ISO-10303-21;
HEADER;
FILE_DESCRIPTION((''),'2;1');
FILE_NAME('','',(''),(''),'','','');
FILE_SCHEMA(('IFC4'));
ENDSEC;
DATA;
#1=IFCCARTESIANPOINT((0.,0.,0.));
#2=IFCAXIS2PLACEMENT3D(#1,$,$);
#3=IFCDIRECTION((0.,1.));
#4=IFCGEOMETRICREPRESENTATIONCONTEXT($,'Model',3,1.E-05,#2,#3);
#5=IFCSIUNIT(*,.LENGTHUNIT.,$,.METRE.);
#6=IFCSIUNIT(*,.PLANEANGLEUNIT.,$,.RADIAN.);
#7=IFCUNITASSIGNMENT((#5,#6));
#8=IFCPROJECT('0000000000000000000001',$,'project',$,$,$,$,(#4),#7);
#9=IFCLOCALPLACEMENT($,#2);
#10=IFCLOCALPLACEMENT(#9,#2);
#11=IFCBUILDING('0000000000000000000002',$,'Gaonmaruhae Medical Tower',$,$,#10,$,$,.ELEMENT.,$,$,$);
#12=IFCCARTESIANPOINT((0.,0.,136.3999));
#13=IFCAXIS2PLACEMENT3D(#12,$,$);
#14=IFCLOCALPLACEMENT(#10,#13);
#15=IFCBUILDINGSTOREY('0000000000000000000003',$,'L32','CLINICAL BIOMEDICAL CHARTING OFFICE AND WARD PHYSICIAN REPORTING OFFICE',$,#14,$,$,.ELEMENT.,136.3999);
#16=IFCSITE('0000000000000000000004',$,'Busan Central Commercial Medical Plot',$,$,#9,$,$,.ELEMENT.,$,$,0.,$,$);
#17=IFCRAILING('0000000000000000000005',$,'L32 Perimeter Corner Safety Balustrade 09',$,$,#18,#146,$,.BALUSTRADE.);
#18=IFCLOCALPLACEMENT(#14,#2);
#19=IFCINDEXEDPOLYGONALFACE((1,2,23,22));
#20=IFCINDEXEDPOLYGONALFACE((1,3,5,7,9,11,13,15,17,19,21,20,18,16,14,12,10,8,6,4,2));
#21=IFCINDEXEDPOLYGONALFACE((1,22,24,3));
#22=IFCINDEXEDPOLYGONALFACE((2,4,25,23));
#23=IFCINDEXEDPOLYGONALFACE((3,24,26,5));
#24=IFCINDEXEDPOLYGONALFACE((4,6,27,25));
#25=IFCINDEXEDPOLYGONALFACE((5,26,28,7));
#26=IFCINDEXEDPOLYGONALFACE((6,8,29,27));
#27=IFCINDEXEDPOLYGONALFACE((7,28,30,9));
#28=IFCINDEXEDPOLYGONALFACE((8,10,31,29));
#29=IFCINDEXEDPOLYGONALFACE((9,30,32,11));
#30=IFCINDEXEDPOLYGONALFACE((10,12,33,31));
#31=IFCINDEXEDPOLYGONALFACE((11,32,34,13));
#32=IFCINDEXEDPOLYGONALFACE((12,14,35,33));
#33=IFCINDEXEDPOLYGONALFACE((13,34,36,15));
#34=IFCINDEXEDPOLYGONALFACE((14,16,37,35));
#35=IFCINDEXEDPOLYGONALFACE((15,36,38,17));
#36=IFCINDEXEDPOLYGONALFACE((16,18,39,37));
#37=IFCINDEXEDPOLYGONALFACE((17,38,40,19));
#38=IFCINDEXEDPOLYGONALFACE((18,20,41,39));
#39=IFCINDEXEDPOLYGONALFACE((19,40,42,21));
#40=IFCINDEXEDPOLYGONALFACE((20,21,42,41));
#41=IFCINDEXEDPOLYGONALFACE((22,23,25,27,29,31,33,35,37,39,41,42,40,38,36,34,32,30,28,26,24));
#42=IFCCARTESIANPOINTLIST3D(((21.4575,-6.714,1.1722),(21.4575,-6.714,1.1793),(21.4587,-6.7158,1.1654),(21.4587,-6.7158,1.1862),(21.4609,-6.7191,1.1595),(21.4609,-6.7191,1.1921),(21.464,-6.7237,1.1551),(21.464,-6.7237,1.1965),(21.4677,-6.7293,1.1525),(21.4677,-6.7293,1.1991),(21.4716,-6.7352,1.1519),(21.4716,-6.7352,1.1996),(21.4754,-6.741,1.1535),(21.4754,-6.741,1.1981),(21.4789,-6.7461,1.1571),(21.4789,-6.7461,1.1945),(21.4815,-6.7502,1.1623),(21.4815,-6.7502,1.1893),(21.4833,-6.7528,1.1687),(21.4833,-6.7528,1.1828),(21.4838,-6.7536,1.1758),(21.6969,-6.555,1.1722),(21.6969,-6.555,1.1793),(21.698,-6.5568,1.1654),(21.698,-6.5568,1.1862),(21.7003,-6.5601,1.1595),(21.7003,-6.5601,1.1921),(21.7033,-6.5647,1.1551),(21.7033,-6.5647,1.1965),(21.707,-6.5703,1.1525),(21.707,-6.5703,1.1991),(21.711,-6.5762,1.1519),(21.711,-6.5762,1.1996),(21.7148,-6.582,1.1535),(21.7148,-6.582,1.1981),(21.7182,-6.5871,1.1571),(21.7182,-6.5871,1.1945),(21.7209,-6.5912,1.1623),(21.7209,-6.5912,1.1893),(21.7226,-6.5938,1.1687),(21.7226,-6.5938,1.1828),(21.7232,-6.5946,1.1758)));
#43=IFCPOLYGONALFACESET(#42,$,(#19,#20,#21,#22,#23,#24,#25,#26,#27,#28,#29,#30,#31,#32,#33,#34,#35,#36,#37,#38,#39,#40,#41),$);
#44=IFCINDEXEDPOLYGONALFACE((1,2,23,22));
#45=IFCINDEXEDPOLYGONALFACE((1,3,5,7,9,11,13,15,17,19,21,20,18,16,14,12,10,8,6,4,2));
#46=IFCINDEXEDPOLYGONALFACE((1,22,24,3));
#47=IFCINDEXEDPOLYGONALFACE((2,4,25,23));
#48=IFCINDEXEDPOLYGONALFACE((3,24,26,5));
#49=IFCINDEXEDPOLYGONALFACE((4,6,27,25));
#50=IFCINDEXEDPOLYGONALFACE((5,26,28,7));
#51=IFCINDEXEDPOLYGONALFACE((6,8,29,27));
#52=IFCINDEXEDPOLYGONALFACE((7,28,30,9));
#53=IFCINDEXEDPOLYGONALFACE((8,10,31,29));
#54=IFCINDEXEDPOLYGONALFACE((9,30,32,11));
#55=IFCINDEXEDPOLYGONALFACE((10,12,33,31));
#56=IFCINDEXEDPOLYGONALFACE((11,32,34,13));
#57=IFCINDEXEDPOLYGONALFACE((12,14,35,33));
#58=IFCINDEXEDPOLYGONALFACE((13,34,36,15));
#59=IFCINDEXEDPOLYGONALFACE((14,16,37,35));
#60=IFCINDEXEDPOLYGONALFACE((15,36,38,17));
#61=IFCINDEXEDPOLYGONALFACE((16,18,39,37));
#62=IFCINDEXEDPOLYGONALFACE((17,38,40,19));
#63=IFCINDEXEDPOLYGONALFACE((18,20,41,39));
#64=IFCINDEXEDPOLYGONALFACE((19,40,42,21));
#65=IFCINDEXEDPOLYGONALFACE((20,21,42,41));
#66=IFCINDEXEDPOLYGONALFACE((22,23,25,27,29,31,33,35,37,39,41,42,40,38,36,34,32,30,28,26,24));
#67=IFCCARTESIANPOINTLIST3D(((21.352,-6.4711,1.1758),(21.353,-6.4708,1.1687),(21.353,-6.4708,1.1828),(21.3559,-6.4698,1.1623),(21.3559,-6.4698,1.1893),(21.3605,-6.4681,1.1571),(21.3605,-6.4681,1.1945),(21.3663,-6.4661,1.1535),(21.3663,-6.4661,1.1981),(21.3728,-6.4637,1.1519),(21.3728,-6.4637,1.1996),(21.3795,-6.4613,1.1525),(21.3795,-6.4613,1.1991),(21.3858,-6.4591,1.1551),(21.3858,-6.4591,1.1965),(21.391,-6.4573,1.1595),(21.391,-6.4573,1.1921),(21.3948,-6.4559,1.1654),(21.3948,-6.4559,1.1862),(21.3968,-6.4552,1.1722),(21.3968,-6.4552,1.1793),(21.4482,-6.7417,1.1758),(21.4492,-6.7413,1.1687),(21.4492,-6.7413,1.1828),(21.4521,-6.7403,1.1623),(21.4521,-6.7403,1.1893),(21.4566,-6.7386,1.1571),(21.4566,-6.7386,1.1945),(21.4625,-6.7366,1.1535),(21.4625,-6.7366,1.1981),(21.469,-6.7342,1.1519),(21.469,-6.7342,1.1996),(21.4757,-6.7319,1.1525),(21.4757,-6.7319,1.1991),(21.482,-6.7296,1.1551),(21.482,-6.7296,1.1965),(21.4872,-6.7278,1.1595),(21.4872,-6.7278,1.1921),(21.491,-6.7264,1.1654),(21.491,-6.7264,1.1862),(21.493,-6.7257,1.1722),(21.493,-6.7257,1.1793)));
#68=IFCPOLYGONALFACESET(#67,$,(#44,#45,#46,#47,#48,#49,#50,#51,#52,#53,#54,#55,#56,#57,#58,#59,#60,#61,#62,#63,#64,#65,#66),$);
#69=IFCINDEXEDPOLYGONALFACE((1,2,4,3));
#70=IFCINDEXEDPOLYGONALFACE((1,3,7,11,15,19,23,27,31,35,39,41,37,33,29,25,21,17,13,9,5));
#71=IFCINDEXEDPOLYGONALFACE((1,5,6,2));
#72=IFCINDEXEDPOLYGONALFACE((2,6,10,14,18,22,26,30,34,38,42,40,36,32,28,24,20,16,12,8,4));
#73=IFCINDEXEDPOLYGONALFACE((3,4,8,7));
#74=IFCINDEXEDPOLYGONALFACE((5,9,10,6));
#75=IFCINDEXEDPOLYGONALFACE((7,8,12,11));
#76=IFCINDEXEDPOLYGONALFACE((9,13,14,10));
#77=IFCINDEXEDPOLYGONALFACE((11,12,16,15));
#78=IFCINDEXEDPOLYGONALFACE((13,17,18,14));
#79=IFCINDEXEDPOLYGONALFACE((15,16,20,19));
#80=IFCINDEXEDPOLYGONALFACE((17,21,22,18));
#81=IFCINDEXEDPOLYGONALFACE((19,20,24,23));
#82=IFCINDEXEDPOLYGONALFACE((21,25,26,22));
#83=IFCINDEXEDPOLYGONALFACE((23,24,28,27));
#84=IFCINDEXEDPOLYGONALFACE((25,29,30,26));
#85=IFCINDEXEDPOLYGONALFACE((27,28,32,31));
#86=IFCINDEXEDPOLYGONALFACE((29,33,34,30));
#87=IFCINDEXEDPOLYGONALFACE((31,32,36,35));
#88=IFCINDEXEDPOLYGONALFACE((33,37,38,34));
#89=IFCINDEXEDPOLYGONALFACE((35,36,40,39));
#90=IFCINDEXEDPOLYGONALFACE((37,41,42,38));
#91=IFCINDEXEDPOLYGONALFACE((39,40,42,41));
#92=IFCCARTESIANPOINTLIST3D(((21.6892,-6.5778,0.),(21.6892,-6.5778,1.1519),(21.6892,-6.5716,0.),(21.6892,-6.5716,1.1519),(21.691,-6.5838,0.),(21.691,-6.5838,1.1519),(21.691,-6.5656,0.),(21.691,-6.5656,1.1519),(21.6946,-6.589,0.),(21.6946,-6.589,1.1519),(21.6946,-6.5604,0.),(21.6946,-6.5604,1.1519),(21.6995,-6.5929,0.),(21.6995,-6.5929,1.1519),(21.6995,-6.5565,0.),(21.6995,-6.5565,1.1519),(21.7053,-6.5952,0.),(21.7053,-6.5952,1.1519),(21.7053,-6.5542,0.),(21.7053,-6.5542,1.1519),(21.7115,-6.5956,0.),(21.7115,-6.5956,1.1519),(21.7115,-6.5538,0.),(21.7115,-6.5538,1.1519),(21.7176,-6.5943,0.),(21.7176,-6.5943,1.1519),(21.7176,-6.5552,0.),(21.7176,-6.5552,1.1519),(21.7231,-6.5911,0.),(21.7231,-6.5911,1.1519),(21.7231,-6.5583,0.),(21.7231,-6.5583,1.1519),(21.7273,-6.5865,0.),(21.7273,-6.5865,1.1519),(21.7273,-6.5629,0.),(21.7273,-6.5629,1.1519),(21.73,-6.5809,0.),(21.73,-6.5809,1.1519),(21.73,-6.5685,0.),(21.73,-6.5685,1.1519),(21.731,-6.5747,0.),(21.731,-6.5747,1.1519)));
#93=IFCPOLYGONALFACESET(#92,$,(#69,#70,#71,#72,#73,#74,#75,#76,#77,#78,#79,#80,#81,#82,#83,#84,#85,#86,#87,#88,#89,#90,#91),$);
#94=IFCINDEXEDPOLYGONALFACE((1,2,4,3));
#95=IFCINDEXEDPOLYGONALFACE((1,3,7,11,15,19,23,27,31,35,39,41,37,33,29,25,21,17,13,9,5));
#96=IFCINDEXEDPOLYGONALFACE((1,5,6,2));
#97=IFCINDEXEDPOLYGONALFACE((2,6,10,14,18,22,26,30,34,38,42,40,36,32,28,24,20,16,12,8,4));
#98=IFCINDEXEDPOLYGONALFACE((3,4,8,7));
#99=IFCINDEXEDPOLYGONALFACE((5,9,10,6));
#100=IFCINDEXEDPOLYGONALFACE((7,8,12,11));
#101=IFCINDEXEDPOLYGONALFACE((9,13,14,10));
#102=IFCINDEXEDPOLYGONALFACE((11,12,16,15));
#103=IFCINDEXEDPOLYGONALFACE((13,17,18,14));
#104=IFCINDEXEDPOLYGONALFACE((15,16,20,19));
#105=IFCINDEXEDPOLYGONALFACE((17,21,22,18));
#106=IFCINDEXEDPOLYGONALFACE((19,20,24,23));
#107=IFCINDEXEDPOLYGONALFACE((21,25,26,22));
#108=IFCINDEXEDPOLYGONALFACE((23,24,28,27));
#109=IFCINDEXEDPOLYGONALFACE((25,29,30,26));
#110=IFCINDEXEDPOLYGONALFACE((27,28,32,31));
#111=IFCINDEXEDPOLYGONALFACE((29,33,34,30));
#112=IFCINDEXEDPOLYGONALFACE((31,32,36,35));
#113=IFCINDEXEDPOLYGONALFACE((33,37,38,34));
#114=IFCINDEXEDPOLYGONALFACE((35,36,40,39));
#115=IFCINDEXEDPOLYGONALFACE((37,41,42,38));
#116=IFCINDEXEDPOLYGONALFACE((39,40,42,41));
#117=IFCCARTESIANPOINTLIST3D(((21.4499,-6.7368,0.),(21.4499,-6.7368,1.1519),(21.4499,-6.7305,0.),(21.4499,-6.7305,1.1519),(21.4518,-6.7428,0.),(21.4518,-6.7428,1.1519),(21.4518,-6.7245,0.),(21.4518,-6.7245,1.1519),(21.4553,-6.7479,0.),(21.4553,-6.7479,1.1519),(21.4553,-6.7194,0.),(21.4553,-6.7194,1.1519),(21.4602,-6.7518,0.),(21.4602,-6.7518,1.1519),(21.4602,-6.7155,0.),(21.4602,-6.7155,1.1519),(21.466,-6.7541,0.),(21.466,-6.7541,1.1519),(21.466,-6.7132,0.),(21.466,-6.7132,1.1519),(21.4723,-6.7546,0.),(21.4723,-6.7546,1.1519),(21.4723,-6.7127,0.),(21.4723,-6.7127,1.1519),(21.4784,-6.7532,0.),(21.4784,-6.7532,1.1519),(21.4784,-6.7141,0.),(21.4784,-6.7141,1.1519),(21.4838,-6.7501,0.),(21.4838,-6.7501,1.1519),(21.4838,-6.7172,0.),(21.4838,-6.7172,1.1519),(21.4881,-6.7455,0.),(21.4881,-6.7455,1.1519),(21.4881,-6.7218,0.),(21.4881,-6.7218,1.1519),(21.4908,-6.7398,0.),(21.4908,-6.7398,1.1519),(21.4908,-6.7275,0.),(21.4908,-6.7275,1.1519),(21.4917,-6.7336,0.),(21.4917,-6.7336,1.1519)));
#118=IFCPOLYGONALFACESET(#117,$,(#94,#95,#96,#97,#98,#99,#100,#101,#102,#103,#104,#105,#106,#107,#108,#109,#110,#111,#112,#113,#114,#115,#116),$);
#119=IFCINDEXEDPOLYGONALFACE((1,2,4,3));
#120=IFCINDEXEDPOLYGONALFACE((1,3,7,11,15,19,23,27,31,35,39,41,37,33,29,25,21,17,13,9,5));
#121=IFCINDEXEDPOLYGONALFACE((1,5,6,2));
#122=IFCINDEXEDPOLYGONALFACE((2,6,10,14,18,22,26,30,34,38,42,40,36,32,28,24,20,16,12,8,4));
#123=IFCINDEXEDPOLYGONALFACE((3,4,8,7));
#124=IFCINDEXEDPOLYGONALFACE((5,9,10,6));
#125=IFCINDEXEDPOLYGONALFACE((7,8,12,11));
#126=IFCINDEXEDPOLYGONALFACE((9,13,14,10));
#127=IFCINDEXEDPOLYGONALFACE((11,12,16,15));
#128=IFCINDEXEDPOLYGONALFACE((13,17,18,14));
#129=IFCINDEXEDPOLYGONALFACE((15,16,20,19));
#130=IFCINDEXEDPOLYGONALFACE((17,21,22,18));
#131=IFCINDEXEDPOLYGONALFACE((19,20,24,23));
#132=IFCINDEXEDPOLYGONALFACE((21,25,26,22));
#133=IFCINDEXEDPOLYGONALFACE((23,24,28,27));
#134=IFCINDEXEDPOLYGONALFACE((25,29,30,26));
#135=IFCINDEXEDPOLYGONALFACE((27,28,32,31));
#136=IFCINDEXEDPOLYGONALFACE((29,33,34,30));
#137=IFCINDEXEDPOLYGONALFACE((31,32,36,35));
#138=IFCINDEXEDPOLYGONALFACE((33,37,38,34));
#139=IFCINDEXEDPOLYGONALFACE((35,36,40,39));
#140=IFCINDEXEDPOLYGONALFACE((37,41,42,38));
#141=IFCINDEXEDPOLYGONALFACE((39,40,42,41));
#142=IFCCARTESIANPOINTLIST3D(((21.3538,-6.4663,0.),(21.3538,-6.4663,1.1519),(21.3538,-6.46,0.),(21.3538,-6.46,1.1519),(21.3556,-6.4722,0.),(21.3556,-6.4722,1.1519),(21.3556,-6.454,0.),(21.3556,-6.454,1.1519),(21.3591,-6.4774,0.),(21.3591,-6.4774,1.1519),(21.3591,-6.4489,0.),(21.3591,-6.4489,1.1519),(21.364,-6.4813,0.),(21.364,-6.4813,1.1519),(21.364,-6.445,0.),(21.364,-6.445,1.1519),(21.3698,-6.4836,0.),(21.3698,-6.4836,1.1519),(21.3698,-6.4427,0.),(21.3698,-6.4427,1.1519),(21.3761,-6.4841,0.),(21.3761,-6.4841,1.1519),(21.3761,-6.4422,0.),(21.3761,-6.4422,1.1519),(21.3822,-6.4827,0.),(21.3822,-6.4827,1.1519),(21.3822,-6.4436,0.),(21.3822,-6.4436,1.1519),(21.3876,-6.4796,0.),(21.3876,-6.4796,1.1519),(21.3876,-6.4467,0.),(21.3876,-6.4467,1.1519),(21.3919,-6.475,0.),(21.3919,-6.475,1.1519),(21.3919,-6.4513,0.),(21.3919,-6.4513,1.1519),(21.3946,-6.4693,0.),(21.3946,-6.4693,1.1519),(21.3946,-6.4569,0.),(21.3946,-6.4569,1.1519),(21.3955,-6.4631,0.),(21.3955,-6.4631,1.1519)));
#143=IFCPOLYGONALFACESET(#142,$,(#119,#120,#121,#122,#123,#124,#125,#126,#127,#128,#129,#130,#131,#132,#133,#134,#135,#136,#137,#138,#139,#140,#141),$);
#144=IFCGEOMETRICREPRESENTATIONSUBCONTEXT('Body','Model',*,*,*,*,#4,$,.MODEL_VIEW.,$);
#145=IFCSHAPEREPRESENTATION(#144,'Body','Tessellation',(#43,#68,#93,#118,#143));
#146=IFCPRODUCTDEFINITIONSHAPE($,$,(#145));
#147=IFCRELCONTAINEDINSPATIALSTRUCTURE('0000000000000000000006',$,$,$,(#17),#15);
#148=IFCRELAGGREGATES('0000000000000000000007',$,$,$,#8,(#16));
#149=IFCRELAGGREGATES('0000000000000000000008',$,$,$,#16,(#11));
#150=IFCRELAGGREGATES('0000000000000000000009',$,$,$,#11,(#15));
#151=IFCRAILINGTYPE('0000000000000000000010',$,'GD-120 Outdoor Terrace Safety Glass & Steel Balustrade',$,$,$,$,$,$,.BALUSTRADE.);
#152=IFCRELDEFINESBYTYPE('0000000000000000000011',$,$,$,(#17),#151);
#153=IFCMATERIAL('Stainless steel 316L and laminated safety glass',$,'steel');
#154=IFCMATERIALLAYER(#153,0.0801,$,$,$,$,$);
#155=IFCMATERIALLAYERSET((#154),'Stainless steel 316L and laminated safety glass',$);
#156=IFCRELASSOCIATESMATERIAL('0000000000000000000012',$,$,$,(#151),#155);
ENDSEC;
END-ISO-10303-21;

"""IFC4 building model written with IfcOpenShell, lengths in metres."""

from ifc_helpers import new_model, si_unit, direction, frame, origin, origin_2d, place, context, subcontext, project, spatial, circle, extrude, material, layer, layer_set, type_object, element, save


model = new_model("IFC4")

# Units and contexts
model_context = context("Model", 3, precision=1e-05, world=origin(), true_north=direction((0.0, 1.0)))
body_context = subcontext(model_context, "Body", "Model", "MODEL_VIEW")
ifc_project = project(units=[si_unit("LENGTHUNIT", "METRE"), si_unit("PLANEANGLEUNIT", "RADIAN")], contexts=[model_context])

# Site, building, storey
site_placement = place(None, origin())
site = spatial("IfcSite", under=ifc_project, at=site_placement, Name="Busan Central Commercial Medical Plot", CompositionType="ELEMENT", RefElevation=0.0)
building_placement = place(site_placement, origin())
building = spatial("IfcBuilding", under=site, at=building_placement, Name="Gaonmaruhae Medical Tower", CompositionType="ELEMENT")
storey_placement = place(building_placement, frame((0.0, 0.0, 136.3999)))
storey = spatial("IfcBuildingStorey", under=building, at=storey_placement, Name="L32", Description="CLINICAL BIOMEDICAL CHARTING OFFICE AND WARD PHYSICIAN REPORTING OFFICE", CompositionType="ELEMENT", Elevation=136.3999)

# Railing
ifc_material_1 = material(Name="Stainless steel 316L and laminated safety glass", Category="steel")
ifc_layer_1 = layer(ifc_material_1, 0.0801)
ifc_layer_set_1 = layer_set([ifc_layer_1], Name="Stainless steel 316L and laminated safety glass")
railing_type_1 = type_object("IfcRailingType", Name="GD-120 Outdoor Terrace Safety Glass & Steel Balustrade", PredefinedType="BALUSTRADE", material=ifc_layer_set_1)
for number, where, name in (
    (1, (21.71, -6.5747, 0.0), "L32 Perimeter Corner Safety Balustrade 09"),
):
    element("IfcRailing", number, at=place(storey_placement, frame(where)), inside=storey, type_object=railing_type_1, Name=name, PredefinedType="BALUSTRADE", context=body_context, shape_type="SweptSolid", body=[
        extrude(circle(Radius=0.0239, at=origin_2d()), frame((0.0, 0.0, 1.1758), z_axis=(-0.832965, -0.553326, 0.0), x_axis=(0.553326, -0.832965, 0.0)), (0.0, 0.0, 1.0), 0.2874),
        extrude(circle(Radius=0.0239, at=origin_2d()), frame((-0.2393, -0.1589, 1.1758), z_axis=(-0.335043, 0.942203, 0.0), x_axis=(-0.942203, -0.335043, 0.0)), (0.0, 0.0, 1.0), 0.2871),
        extrude(circle(Radius=0.021, at=origin_2d()), origin(), (0.0, 0.0, 1.0), 1.1519),
        extrude(circle(Radius=0.021, at=origin_2d()), frame((-0.2393, -0.1589, 0.0)), (0.0, 0.0, 1.0), 1.1519),
        extrude(circle(Radius=0.021, at=origin_2d()), frame((-0.3354, 0.1116, 0.0)), (0.0, 0.0, 1.0), 1.1519),
    ])

save(model, "model.ifc")
